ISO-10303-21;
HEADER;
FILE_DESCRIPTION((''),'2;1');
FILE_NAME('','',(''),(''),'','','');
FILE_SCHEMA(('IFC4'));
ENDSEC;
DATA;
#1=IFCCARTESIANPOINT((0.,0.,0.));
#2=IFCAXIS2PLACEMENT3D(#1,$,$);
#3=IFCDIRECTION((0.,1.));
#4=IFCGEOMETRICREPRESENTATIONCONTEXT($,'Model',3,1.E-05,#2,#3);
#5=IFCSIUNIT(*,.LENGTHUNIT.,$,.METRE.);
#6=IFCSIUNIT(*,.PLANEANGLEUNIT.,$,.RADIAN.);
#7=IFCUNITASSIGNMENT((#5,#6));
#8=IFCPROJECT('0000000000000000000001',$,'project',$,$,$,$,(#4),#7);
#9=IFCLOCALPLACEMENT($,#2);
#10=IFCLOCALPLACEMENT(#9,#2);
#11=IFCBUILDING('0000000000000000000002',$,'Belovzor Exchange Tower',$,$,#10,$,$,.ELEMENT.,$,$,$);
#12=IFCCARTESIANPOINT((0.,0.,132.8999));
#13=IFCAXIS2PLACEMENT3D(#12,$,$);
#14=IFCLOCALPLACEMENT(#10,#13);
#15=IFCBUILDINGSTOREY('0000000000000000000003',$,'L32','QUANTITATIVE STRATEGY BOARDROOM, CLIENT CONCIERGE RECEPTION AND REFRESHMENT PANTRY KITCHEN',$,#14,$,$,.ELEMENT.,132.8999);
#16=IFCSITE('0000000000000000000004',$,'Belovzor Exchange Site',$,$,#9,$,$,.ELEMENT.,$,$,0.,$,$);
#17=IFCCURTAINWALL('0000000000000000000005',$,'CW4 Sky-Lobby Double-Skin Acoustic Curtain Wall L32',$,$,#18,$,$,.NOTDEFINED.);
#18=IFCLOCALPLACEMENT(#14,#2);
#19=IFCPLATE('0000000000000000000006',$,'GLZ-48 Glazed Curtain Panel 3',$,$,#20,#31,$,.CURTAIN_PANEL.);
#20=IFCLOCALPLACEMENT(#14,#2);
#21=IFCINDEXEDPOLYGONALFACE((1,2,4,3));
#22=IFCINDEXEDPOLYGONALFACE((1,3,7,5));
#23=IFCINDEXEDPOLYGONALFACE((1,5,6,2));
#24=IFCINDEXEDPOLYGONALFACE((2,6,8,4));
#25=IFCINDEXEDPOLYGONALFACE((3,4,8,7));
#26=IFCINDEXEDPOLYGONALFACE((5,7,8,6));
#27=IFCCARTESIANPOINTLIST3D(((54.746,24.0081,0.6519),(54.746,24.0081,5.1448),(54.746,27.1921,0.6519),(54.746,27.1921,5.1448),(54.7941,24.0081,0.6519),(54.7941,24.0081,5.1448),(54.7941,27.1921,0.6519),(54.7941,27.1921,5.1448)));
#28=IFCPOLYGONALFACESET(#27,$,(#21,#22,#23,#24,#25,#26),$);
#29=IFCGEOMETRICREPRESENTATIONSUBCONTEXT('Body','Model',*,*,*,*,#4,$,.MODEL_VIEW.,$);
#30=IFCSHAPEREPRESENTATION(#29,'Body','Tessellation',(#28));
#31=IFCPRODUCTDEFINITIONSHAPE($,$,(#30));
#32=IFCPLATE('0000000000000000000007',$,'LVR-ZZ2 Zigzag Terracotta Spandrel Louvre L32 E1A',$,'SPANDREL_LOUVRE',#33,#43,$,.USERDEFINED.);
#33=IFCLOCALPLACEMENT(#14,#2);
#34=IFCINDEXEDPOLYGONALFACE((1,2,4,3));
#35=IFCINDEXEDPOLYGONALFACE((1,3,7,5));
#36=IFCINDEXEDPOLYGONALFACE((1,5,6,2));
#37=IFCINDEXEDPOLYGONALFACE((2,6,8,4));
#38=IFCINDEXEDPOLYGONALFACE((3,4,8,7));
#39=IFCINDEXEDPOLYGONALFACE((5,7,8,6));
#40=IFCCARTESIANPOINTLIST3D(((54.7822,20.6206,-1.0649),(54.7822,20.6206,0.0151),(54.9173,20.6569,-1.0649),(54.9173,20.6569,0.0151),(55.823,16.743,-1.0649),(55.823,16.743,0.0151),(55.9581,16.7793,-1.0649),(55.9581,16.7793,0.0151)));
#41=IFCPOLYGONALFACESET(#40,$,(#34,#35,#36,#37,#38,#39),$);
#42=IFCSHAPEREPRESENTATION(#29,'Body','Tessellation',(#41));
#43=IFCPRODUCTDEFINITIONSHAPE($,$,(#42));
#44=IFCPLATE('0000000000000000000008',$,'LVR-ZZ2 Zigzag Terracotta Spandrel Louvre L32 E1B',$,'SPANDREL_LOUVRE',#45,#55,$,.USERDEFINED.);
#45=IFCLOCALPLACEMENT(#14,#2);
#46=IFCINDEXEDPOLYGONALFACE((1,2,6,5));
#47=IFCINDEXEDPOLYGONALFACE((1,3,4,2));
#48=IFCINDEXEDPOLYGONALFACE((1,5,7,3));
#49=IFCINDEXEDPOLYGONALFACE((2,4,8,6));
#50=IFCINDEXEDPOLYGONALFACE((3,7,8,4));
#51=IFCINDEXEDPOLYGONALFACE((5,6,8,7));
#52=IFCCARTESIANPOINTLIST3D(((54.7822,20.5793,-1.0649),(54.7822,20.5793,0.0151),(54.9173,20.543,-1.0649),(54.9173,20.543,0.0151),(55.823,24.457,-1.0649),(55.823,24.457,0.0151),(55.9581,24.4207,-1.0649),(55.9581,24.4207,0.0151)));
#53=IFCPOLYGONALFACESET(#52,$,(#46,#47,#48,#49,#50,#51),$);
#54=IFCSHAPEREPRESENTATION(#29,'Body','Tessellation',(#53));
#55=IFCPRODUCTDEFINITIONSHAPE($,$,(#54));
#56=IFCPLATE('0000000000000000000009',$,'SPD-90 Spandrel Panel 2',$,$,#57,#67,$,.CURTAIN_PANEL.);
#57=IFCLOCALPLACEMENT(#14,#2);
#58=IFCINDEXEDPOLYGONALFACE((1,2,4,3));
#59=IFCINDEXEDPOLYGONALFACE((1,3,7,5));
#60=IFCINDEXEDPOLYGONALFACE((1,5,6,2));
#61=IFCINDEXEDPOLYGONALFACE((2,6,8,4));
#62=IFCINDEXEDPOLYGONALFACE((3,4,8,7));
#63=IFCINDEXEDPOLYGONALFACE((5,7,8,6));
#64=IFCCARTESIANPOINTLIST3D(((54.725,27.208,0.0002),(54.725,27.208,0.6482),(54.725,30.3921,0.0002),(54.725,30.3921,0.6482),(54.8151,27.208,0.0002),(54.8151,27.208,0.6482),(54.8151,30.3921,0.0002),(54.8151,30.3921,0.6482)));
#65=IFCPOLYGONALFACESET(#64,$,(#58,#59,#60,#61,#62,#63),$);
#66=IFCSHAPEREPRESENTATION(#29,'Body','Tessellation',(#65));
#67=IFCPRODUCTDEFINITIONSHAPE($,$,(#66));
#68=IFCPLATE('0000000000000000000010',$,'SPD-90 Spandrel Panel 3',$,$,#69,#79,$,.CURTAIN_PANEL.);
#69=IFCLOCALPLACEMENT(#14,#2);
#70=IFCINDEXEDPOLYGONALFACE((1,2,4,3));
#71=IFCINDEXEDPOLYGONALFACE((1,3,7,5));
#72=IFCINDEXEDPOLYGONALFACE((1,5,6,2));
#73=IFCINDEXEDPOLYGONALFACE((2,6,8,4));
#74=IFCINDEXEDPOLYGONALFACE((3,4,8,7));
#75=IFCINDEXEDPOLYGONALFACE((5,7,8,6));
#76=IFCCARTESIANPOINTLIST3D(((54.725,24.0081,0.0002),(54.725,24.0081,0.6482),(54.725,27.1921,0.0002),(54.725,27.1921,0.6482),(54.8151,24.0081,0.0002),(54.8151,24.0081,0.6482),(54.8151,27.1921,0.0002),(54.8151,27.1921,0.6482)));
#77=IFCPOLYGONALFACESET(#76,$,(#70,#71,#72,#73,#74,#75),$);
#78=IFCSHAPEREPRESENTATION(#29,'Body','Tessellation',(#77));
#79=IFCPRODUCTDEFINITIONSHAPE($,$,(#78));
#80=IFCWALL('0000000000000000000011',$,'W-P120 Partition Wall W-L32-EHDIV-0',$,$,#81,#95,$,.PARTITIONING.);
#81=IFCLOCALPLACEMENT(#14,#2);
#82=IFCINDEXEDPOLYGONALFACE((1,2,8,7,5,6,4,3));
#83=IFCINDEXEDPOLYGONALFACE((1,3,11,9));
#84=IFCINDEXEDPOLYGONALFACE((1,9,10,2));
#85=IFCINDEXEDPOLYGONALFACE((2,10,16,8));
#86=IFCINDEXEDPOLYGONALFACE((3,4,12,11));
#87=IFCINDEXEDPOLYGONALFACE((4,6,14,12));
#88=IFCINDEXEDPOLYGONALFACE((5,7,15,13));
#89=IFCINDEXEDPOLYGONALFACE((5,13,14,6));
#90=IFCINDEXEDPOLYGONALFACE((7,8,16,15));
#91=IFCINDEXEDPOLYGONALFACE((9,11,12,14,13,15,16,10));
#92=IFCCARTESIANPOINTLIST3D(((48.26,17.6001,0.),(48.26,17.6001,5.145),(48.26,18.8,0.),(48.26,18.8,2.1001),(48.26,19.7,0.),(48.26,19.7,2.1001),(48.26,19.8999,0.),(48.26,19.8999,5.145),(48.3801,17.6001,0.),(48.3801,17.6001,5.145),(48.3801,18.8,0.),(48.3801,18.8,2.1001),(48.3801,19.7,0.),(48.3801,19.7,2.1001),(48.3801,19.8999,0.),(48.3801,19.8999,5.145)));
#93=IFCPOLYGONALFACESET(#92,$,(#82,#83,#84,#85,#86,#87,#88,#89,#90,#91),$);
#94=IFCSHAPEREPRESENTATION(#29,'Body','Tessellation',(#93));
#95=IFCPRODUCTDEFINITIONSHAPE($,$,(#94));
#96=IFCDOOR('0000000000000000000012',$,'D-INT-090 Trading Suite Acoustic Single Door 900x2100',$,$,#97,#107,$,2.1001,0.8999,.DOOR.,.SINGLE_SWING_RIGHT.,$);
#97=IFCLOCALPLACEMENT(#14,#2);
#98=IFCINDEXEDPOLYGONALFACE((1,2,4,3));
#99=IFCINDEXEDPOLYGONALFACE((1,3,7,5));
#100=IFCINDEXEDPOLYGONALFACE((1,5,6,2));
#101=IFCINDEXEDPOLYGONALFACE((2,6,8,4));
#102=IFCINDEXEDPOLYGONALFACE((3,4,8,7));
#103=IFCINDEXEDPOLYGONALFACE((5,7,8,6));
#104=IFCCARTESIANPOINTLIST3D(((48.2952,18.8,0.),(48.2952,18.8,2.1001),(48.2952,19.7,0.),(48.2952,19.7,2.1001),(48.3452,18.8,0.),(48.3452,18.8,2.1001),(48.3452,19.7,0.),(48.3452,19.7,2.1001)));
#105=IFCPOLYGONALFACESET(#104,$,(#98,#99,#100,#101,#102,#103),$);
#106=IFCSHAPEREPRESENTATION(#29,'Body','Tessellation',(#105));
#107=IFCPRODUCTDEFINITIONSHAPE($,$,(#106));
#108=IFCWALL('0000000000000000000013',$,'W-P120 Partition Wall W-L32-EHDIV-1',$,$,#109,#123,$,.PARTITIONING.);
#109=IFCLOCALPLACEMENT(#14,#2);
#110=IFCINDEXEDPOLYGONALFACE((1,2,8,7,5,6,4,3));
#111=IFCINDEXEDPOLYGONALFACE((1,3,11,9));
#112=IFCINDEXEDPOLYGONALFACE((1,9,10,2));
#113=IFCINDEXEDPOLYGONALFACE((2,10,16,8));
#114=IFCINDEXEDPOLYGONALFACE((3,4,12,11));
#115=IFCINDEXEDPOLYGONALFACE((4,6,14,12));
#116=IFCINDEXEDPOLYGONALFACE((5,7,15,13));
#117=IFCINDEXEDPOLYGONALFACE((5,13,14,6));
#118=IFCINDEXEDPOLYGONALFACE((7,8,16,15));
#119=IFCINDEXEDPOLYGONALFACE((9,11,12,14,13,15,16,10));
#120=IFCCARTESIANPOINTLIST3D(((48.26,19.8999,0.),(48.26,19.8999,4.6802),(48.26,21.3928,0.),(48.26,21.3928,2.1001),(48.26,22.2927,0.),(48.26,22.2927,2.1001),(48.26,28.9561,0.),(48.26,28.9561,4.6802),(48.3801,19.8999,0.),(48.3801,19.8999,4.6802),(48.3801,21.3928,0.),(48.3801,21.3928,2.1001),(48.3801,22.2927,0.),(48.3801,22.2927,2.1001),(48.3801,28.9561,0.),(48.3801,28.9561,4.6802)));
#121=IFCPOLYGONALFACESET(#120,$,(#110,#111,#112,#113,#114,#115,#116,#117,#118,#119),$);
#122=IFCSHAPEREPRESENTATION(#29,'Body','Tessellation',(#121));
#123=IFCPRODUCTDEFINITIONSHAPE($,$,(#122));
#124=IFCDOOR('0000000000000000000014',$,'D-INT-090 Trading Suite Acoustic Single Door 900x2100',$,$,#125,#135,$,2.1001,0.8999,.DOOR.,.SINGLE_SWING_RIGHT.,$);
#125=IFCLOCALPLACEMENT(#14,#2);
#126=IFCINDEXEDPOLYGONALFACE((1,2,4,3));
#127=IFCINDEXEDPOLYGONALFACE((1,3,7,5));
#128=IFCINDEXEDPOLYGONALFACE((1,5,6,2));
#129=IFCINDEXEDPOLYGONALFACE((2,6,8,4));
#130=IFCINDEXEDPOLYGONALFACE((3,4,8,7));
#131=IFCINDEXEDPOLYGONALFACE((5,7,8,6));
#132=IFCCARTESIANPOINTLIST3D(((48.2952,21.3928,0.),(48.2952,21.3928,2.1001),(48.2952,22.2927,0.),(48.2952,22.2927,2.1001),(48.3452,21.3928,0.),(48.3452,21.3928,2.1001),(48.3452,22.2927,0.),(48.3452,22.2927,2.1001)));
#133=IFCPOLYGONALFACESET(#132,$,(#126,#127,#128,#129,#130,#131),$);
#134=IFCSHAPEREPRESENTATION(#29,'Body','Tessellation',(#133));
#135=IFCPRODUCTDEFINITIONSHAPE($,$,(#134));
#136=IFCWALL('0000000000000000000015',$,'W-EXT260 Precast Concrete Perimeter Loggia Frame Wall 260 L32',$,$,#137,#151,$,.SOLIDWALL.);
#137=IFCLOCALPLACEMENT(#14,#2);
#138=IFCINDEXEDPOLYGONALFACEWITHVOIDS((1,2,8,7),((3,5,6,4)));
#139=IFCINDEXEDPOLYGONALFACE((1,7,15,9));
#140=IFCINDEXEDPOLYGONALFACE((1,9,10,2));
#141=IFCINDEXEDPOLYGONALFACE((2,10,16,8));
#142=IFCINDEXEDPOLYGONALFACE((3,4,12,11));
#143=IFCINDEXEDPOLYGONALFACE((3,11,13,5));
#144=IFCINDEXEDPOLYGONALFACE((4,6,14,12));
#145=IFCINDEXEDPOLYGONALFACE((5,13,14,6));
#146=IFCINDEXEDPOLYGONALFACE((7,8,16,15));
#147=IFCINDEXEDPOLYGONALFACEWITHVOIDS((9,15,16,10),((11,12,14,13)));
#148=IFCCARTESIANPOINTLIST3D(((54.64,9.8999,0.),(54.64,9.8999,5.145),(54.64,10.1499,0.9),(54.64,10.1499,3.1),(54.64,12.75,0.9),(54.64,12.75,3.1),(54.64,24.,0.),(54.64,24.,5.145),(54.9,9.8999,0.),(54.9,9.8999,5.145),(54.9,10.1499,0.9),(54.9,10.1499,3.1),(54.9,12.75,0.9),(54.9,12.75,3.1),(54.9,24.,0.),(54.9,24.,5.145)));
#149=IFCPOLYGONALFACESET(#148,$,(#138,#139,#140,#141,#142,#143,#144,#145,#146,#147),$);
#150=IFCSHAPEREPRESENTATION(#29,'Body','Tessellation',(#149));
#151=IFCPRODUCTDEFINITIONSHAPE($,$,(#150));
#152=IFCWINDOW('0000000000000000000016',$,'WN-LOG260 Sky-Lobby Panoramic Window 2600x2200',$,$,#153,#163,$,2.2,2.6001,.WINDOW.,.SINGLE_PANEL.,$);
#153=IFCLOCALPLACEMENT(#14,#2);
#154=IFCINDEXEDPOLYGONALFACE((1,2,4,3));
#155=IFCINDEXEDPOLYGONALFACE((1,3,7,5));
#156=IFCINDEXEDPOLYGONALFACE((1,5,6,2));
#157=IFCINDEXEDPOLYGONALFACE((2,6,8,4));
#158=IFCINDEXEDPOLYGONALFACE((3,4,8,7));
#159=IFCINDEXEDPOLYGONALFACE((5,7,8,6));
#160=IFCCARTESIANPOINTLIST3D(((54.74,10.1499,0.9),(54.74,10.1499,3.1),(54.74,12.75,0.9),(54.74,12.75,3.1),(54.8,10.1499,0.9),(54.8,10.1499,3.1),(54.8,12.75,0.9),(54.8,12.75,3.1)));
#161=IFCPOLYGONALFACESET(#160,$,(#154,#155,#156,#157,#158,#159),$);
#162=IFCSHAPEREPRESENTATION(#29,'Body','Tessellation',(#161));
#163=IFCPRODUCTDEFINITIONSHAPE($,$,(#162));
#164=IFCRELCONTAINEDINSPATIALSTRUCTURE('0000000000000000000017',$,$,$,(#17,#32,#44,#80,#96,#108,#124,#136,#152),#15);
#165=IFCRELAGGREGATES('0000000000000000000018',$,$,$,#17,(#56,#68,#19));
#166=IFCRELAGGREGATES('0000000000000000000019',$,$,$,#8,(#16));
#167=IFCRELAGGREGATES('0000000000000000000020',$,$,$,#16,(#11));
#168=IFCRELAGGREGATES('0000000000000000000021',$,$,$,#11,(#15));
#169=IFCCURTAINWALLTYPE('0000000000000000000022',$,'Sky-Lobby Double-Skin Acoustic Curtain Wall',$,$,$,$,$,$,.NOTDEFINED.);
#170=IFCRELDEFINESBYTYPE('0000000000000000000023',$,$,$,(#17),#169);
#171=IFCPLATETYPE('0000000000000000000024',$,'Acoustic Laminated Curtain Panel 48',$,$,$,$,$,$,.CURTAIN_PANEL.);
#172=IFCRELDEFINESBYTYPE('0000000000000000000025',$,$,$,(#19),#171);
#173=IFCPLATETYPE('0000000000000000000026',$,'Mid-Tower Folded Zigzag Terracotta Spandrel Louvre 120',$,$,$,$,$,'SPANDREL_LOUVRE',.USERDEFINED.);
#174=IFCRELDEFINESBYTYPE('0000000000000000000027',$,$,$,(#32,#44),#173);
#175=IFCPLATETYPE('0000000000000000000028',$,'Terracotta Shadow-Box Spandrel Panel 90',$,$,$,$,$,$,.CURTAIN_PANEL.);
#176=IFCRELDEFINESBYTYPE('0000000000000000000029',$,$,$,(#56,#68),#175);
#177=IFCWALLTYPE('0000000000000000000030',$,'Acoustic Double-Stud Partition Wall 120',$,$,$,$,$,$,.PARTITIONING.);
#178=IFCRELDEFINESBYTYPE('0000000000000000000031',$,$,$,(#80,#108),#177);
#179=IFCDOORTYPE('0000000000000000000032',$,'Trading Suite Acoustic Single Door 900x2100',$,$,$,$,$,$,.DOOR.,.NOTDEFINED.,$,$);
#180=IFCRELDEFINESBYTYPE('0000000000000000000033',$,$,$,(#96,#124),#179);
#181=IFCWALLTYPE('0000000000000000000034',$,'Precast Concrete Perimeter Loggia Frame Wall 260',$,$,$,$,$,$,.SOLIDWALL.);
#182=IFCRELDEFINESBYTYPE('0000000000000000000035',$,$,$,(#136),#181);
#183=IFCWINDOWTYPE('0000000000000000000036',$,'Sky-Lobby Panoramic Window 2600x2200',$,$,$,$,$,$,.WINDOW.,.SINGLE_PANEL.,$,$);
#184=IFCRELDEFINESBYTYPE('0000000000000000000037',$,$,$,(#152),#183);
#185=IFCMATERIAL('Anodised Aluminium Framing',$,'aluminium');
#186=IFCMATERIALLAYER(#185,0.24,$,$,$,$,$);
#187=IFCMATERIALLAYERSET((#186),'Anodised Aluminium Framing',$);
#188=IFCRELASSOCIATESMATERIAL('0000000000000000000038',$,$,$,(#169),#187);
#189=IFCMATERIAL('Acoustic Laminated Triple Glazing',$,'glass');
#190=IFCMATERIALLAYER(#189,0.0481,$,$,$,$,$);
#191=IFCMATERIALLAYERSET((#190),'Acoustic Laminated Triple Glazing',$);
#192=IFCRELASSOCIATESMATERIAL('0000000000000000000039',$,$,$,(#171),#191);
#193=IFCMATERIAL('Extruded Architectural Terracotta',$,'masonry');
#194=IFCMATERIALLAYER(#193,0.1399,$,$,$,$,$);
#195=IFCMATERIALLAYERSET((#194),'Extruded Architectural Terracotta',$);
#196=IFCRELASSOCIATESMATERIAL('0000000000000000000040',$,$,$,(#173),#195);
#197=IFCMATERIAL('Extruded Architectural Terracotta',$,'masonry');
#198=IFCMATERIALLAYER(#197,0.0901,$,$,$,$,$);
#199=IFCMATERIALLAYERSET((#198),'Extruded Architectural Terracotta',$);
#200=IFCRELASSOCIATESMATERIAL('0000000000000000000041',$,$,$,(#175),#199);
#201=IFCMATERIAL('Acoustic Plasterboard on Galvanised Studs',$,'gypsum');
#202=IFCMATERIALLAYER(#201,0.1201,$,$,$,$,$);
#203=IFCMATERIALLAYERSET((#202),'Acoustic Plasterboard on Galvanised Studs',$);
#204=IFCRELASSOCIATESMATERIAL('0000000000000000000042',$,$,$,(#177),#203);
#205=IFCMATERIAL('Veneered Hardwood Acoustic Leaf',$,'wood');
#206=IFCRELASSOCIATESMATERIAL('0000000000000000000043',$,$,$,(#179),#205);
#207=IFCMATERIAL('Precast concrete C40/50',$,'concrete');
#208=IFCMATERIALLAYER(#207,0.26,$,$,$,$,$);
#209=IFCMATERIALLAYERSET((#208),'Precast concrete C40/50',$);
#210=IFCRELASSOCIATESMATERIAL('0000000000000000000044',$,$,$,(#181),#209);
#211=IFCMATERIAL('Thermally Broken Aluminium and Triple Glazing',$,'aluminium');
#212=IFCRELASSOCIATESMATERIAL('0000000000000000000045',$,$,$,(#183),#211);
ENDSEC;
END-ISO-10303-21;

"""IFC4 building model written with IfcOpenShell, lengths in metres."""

from ifc_helpers import new_model, si_unit, direction, frame, frame_2d, origin, origin_2d, place, context, subcontext, project, spatial, rectangle, extrude, material, layer, layer_set, type_object, element, fill, aggregate, save


model = new_model("IFC4")

# Units and contexts
model_context = context("Model", 3, precision=1e-05, world=origin(), true_north=direction((0.0, 1.0)))
body_context = subcontext(model_context, "Body", "Model", "MODEL_VIEW")
ifc_project = project(units=[si_unit("LENGTHUNIT", "METRE"), si_unit("PLANEANGLEUNIT", "RADIAN")], contexts=[model_context])

# Site, building, storey
site_placement = place(None, origin())
site = spatial("IfcSite", under=ifc_project, at=site_placement, Name="Belovzor Exchange Site", CompositionType="ELEMENT", RefElevation=0.0)
building_placement = place(site_placement, origin())
building = spatial("IfcBuilding", under=site, at=building_placement, Name="Belovzor Exchange Tower", CompositionType="ELEMENT")
storey_placement = place(building_placement, frame((0.0, 0.0, 132.8999)))
storey = spatial("IfcBuildingStorey", under=building, at=storey_placement, Name="L32", Description="QUANTITATIVE STRATEGY BOARDROOM, CLIENT CONCIERGE RECEPTION AND REFRESHMENT PANTRY KITCHEN", CompositionType="ELEMENT", Elevation=132.8999)

# Curtain wall, plate
ifc_material_1 = material(Name="Anodised Aluminium Framing", Category="aluminium")
ifc_layer_1 = layer(ifc_material_1, 0.24)
ifc_layer_set_1 = layer_set([ifc_layer_1], Name="Anodised Aluminium Framing")
curtain_wall_type = type_object("IfcCurtainWallType", Name="Sky-Lobby Double-Skin Acoustic Curtain Wall", PredefinedType="NOTDEFINED", material=ifc_layer_set_1)
curtain_wall_placement = place(storey_placement, origin())
curtain_wall = element("IfcCurtainWall", 1, at=curtain_wall_placement, inside=storey, type_object=curtain_wall_type, Name="CW4 Sky-Lobby Double-Skin Acoustic Curtain Wall L32", PredefinedType="NOTDEFINED")
ifc_material_2 = material(Name="Acoustic Laminated Triple Glazing", Category="glass")
ifc_layer_2 = layer(ifc_material_2, 0.0481)
ifc_layer_set_2 = layer_set([ifc_layer_2], Name="Acoustic Laminated Triple Glazing")
plate_type_1 = type_object("IfcPlateType", Name="Acoustic Laminated Curtain Panel 48", PredefinedType="CURTAIN_PANEL", material=ifc_layer_set_2)
plate_1_placement = place(storey_placement, frame((54.77, 25.6001, 0.6519), z_axis=(0.0, 0.0, 1.0), x_axis=(0.0, -1.0, 0.0)))
plate_1 = element("IfcPlate", 2, at=plate_1_placement, type_object=plate_type_1, Name="GLZ-48 Glazed Curtain Panel 3", PredefinedType="CURTAIN_PANEL", context=body_context, shape_type="SweptSolid", body=[
    extrude(rectangle(XDim=3.1841, YDim=0.0481, at=origin_2d()), origin(), (0.0, 0.0, 1.0), 4.4929),
])

# Plates
ifc_material_3 = material(Name="Extruded Architectural Terracotta", Category="masonry")
ifc_layer_3 = layer(ifc_material_3, 0.1399)
ifc_layer_set_3 = layer_set([ifc_layer_3], Name="Extruded Architectural Terracotta")
plate_type_2 = type_object("IfcPlateType", Name="Mid-Tower Folded Zigzag Terracotta Spandrel Louvre 120", ElementType="SPANDREL_LOUVRE", PredefinedType="USERDEFINED", material=ifc_layer_set_3)
for number, where, z_axis, x_axis, name in (
    (3, (55.3701, 18.7, -1.0649), (0.0, 0.0, 1.0), (-0.25924, 0.965813, 0.0), "LVR-ZZ2 Zigzag Terracotta Spandrel Louvre L32 E1A"),
    (4, (55.3701, 22.5, -1.0649), (0.0, 0.0, 1.0), (0.25924, 0.965813, 0.0), "LVR-ZZ2 Zigzag Terracotta Spandrel Louvre L32 E1B"),
):
    element("IfcPlate", number, at=place(storey_placement, frame(where, z_axis=z_axis, x_axis=x_axis)), inside=storey, type_object=plate_type_2, Name=name, ObjectType="SPANDREL_LOUVRE", PredefinedType="USERDEFINED", context=body_context, shape_type="SweptSolid", body=[
        extrude(rectangle(XDim=4.0149, YDim=0.1399, at=origin_2d()), origin(), (0.0, 0.0, 1.0), 1.0801),
    ])

# Plates
ifc_material_4 = material(Name="Extruded Architectural Terracotta", Category="masonry")
ifc_layer_4 = layer(ifc_material_4, 0.0901)
ifc_layer_set_4 = layer_set([ifc_layer_4], Name="Extruded Architectural Terracotta")
plate_type_3 = type_object("IfcPlateType", Name="Terracotta Shadow-Box Spandrel Panel 90", PredefinedType="CURTAIN_PANEL", material=ifc_layer_set_4)
plate_2_placement = place(storey_placement, frame((54.77, 28.8, 0.0002), z_axis=(0.0, 0.0, 1.0), x_axis=(0.0, -1.0, 0.0)))
plate_2 = element("IfcPlate", 5, at=plate_2_placement, type_object=plate_type_3, Name="SPD-90 Spandrel Panel 2", PredefinedType="CURTAIN_PANEL", context=body_context, shape_type="SweptSolid", body=[
    extrude(rectangle(XDim=3.1841, YDim=0.0901, at=origin_2d()), origin(), (0.0, 0.0, 1.0), 0.6479),
])
plate_3_placement = place(storey_placement, frame((54.77, 25.6001, 0.0002), z_axis=(0.0, 0.0, 1.0), x_axis=(0.0, -1.0, 0.0)))
plate_3 = element("IfcPlate", 6, at=plate_3_placement, type_object=plate_type_3, Name="SPD-90 Spandrel Panel 3", PredefinedType="CURTAIN_PANEL", context=body_context, shape_type="SweptSolid", body=[
    extrude(rectangle(XDim=3.1841, YDim=0.0901, at=origin_2d()), origin(), (0.0, 0.0, 1.0), 0.6479),
])
aggregate(curtain_wall, [plate_2, plate_3, plate_1])

# Walls, openings, doors
ifc_material_5 = material(Name="Acoustic Plasterboard on Galvanised Studs", Category="gypsum")
ifc_layer_5 = layer(ifc_material_5, 0.1201)
ifc_layer_set_5 = layer_set([ifc_layer_5], Name="Acoustic Plasterboard on Galvanised Studs")
wall_type_1 = type_object("IfcWallType", Name="Acoustic Double-Stud Partition Wall 120", PredefinedType="PARTITIONING", material=ifc_layer_set_5)
wall_1_placement = place(storey_placement, frame((48.3201, 17.6001, 0.0), z_axis=(0.0, 0.0, 1.0), x_axis=(0.0, 1.0, 0.0)))
wall_1 = element("IfcWall", 7, at=wall_1_placement, inside=storey, type_object=wall_type_1, Name="W-P120 Partition Wall W-L32-EHDIV-0", PredefinedType="PARTITIONING", context=body_context, shape_type="SweptSolid", body=[
    extrude(rectangle(XDim=2.2998, YDim=0.1201, at=frame_2d((1.1499, 0.0))), origin(), (0.0, 0.0, 1.0), 5.145),
])
opening_1_placement = place(wall_1_placement, frame((1.2, 0.0, 0.0)))
opening_1 = element("IfcOpeningElement", 8, at=opening_1_placement, cuts=wall_1, PredefinedType="OPENING", context=body_context, shape_type="SweptSolid", body=[
    extrude(rectangle(XDim=0.8999, YDim=2.1001, at=frame_2d((0.45, 1.05))), frame((0.0, 0.0701, 0.0), z_axis=(0.0, -1.0, 0.0), x_axis=(1.0, 0.0, 0.0)), (0.0, 0.0, 1.0), 0.1401),
])
ifc_material_6 = material(Name="Veneered Hardwood Acoustic Leaf", Category="wood")
door_type = type_object("IfcDoorType", Name="Trading Suite Acoustic Single Door 900x2100", OperationType="NOTDEFINED", PredefinedType="DOOR", material=ifc_material_6)
door_1_placement = place(opening_1_placement, origin())
door_1 = element("IfcDoor", 9, at=door_1_placement, inside=storey, type_object=door_type, Name="D-INT-090 Trading Suite Acoustic Single Door 900x2100", OperationType="SINGLE_SWING_RIGHT", OverallHeight=2.1001, OverallWidth=0.8999, PredefinedType="DOOR", context=body_context, shape_type="SweptSolid", body=[
    extrude(rectangle(XDim=0.8999, YDim=2.1001, at=frame_2d((0.45, 1.05))), frame((0.0, 0.0249, 0.0), z_axis=(0.0, -1.0, 0.0), x_axis=(1.0, 0.0, 0.0)), (0.0, 0.0, 1.0), 0.05),
])
fill(opening_1, door_1)
wall_2_placement = place(storey_placement, frame((48.3201, 19.8999, 0.0), z_axis=(0.0, 0.0, 1.0), x_axis=(0.0, 1.0, 0.0)))
wall_2 = element("IfcWall", 10, at=wall_2_placement, inside=storey, type_object=wall_type_1, Name="W-P120 Partition Wall W-L32-EHDIV-1", PredefinedType="PARTITIONING", context=body_context, shape_type="SweptSolid", body=[
    extrude(rectangle(XDim=9.0562, YDim=0.1201, at=frame_2d((4.5281, 0.0))), origin(), (0.0, 0.0, 1.0), 4.6802),
])
opening_2_placement = place(wall_2_placement, frame((1.4929, 0.0, 0.0)))
opening_2 = element("IfcOpeningElement", 11, at=opening_2_placement, cuts=wall_2, PredefinedType="OPENING", context=body_context, shape_type="SweptSolid", body=[
    extrude(rectangle(XDim=0.8999, YDim=2.1001, at=frame_2d((0.45, 1.05))), frame((0.0, 0.0701, 0.0), z_axis=(0.0, -1.0, 0.0), x_axis=(1.0, 0.0, 0.0)), (0.0, 0.0, 1.0), 0.1401),
])
door_2_placement = place(opening_2_placement, origin())
door_2 = element("IfcDoor", 12, at=door_2_placement, inside=storey, type_object=door_type, Name="D-INT-090 Trading Suite Acoustic Single Door 900x2100", OperationType="SINGLE_SWING_RIGHT", OverallHeight=2.1001, OverallWidth=0.8999, PredefinedType="DOOR", context=body_context, shape_type="SweptSolid", body=[
    extrude(rectangle(XDim=0.8999, YDim=2.1001, at=frame_2d((0.45, 1.05))), frame((0.0, 0.0249, 0.0), z_axis=(0.0, -1.0, 0.0), x_axis=(1.0, 0.0, 0.0)), (0.0, 0.0, 1.0), 0.05),
])
fill(opening_2, door_2)

# Wall, opening, window
ifc_material_7 = material(Name="Precast concrete C40/50", Category="concrete")
ifc_layer_6 = layer(ifc_material_7, 0.26)
ifc_layer_set_6 = layer_set([ifc_layer_6], Name="Precast concrete C40/50")
wall_type_2 = type_object("IfcWallType", Name="Precast Concrete Perimeter Loggia Frame Wall 260", PredefinedType="SOLIDWALL", material=ifc_layer_set_6)
wall_3_placement = place(storey_placement, frame((54.77, 24.0, 0.0), z_axis=(0.0, 0.0, 1.0), x_axis=(0.0, -1.0, 0.0)))
wall_3 = element("IfcWall", 13, at=wall_3_placement, inside=storey, type_object=wall_type_2, Name="W-EXT260 Precast Concrete Perimeter Loggia Frame Wall 260 L32", PredefinedType="SOLIDWALL", context=body_context, shape_type="SweptSolid", body=[
    extrude(rectangle(XDim=14.1001, YDim=0.26, at=frame_2d((7.05, 0.0))), origin(), (0.0, 0.0, 1.0), 5.145),
])
opening_3_placement = place(wall_3_placement, frame((11.25, 0.0, 0.8999)))
opening_3 = element("IfcOpeningElement", 14, at=opening_3_placement, cuts=wall_3, PredefinedType="OPENING", context=body_context, shape_type="SweptSolid", body=[
    extrude(rectangle(XDim=2.6001, YDim=2.2, at=frame_2d((1.3, 1.1001))), frame((0.0, 0.1399, 0.0), z_axis=(0.0, -1.0, 0.0), x_axis=(1.0, 0.0, 0.0)), (0.0, 0.0, 1.0), 0.28),
])
ifc_material_8 = material(Name="Thermally Broken Aluminium and Triple Glazing", Category="aluminium")
window_type = type_object("IfcWindowType", Name="Sky-Lobby Panoramic Window 2600x2200", PartitioningType="SINGLE_PANEL", PredefinedType="WINDOW", material=ifc_material_8)
window_placement = place(opening_3_placement, origin())
window = element("IfcWindow", 15, at=window_placement, inside=storey, type_object=window_type, Name="WN-LOG260 Sky-Lobby Panoramic Window 2600x2200", OverallHeight=2.2, OverallWidth=2.6001, PartitioningType="SINGLE_PANEL", PredefinedType="WINDOW", context=body_context, shape_type="SweptSolid", body=[
    extrude(rectangle(XDim=2.6001, YDim=2.2, at=frame_2d((1.3, 1.1001))), frame((0.0, 0.03, 0.0), z_axis=(0.0, -1.0, 0.0), x_axis=(1.0, 0.0, 0.0)), (0.0, 0.0, 1.0), 0.0601),
])
fill(opening_3, window)

save(model, "model.ifc")
